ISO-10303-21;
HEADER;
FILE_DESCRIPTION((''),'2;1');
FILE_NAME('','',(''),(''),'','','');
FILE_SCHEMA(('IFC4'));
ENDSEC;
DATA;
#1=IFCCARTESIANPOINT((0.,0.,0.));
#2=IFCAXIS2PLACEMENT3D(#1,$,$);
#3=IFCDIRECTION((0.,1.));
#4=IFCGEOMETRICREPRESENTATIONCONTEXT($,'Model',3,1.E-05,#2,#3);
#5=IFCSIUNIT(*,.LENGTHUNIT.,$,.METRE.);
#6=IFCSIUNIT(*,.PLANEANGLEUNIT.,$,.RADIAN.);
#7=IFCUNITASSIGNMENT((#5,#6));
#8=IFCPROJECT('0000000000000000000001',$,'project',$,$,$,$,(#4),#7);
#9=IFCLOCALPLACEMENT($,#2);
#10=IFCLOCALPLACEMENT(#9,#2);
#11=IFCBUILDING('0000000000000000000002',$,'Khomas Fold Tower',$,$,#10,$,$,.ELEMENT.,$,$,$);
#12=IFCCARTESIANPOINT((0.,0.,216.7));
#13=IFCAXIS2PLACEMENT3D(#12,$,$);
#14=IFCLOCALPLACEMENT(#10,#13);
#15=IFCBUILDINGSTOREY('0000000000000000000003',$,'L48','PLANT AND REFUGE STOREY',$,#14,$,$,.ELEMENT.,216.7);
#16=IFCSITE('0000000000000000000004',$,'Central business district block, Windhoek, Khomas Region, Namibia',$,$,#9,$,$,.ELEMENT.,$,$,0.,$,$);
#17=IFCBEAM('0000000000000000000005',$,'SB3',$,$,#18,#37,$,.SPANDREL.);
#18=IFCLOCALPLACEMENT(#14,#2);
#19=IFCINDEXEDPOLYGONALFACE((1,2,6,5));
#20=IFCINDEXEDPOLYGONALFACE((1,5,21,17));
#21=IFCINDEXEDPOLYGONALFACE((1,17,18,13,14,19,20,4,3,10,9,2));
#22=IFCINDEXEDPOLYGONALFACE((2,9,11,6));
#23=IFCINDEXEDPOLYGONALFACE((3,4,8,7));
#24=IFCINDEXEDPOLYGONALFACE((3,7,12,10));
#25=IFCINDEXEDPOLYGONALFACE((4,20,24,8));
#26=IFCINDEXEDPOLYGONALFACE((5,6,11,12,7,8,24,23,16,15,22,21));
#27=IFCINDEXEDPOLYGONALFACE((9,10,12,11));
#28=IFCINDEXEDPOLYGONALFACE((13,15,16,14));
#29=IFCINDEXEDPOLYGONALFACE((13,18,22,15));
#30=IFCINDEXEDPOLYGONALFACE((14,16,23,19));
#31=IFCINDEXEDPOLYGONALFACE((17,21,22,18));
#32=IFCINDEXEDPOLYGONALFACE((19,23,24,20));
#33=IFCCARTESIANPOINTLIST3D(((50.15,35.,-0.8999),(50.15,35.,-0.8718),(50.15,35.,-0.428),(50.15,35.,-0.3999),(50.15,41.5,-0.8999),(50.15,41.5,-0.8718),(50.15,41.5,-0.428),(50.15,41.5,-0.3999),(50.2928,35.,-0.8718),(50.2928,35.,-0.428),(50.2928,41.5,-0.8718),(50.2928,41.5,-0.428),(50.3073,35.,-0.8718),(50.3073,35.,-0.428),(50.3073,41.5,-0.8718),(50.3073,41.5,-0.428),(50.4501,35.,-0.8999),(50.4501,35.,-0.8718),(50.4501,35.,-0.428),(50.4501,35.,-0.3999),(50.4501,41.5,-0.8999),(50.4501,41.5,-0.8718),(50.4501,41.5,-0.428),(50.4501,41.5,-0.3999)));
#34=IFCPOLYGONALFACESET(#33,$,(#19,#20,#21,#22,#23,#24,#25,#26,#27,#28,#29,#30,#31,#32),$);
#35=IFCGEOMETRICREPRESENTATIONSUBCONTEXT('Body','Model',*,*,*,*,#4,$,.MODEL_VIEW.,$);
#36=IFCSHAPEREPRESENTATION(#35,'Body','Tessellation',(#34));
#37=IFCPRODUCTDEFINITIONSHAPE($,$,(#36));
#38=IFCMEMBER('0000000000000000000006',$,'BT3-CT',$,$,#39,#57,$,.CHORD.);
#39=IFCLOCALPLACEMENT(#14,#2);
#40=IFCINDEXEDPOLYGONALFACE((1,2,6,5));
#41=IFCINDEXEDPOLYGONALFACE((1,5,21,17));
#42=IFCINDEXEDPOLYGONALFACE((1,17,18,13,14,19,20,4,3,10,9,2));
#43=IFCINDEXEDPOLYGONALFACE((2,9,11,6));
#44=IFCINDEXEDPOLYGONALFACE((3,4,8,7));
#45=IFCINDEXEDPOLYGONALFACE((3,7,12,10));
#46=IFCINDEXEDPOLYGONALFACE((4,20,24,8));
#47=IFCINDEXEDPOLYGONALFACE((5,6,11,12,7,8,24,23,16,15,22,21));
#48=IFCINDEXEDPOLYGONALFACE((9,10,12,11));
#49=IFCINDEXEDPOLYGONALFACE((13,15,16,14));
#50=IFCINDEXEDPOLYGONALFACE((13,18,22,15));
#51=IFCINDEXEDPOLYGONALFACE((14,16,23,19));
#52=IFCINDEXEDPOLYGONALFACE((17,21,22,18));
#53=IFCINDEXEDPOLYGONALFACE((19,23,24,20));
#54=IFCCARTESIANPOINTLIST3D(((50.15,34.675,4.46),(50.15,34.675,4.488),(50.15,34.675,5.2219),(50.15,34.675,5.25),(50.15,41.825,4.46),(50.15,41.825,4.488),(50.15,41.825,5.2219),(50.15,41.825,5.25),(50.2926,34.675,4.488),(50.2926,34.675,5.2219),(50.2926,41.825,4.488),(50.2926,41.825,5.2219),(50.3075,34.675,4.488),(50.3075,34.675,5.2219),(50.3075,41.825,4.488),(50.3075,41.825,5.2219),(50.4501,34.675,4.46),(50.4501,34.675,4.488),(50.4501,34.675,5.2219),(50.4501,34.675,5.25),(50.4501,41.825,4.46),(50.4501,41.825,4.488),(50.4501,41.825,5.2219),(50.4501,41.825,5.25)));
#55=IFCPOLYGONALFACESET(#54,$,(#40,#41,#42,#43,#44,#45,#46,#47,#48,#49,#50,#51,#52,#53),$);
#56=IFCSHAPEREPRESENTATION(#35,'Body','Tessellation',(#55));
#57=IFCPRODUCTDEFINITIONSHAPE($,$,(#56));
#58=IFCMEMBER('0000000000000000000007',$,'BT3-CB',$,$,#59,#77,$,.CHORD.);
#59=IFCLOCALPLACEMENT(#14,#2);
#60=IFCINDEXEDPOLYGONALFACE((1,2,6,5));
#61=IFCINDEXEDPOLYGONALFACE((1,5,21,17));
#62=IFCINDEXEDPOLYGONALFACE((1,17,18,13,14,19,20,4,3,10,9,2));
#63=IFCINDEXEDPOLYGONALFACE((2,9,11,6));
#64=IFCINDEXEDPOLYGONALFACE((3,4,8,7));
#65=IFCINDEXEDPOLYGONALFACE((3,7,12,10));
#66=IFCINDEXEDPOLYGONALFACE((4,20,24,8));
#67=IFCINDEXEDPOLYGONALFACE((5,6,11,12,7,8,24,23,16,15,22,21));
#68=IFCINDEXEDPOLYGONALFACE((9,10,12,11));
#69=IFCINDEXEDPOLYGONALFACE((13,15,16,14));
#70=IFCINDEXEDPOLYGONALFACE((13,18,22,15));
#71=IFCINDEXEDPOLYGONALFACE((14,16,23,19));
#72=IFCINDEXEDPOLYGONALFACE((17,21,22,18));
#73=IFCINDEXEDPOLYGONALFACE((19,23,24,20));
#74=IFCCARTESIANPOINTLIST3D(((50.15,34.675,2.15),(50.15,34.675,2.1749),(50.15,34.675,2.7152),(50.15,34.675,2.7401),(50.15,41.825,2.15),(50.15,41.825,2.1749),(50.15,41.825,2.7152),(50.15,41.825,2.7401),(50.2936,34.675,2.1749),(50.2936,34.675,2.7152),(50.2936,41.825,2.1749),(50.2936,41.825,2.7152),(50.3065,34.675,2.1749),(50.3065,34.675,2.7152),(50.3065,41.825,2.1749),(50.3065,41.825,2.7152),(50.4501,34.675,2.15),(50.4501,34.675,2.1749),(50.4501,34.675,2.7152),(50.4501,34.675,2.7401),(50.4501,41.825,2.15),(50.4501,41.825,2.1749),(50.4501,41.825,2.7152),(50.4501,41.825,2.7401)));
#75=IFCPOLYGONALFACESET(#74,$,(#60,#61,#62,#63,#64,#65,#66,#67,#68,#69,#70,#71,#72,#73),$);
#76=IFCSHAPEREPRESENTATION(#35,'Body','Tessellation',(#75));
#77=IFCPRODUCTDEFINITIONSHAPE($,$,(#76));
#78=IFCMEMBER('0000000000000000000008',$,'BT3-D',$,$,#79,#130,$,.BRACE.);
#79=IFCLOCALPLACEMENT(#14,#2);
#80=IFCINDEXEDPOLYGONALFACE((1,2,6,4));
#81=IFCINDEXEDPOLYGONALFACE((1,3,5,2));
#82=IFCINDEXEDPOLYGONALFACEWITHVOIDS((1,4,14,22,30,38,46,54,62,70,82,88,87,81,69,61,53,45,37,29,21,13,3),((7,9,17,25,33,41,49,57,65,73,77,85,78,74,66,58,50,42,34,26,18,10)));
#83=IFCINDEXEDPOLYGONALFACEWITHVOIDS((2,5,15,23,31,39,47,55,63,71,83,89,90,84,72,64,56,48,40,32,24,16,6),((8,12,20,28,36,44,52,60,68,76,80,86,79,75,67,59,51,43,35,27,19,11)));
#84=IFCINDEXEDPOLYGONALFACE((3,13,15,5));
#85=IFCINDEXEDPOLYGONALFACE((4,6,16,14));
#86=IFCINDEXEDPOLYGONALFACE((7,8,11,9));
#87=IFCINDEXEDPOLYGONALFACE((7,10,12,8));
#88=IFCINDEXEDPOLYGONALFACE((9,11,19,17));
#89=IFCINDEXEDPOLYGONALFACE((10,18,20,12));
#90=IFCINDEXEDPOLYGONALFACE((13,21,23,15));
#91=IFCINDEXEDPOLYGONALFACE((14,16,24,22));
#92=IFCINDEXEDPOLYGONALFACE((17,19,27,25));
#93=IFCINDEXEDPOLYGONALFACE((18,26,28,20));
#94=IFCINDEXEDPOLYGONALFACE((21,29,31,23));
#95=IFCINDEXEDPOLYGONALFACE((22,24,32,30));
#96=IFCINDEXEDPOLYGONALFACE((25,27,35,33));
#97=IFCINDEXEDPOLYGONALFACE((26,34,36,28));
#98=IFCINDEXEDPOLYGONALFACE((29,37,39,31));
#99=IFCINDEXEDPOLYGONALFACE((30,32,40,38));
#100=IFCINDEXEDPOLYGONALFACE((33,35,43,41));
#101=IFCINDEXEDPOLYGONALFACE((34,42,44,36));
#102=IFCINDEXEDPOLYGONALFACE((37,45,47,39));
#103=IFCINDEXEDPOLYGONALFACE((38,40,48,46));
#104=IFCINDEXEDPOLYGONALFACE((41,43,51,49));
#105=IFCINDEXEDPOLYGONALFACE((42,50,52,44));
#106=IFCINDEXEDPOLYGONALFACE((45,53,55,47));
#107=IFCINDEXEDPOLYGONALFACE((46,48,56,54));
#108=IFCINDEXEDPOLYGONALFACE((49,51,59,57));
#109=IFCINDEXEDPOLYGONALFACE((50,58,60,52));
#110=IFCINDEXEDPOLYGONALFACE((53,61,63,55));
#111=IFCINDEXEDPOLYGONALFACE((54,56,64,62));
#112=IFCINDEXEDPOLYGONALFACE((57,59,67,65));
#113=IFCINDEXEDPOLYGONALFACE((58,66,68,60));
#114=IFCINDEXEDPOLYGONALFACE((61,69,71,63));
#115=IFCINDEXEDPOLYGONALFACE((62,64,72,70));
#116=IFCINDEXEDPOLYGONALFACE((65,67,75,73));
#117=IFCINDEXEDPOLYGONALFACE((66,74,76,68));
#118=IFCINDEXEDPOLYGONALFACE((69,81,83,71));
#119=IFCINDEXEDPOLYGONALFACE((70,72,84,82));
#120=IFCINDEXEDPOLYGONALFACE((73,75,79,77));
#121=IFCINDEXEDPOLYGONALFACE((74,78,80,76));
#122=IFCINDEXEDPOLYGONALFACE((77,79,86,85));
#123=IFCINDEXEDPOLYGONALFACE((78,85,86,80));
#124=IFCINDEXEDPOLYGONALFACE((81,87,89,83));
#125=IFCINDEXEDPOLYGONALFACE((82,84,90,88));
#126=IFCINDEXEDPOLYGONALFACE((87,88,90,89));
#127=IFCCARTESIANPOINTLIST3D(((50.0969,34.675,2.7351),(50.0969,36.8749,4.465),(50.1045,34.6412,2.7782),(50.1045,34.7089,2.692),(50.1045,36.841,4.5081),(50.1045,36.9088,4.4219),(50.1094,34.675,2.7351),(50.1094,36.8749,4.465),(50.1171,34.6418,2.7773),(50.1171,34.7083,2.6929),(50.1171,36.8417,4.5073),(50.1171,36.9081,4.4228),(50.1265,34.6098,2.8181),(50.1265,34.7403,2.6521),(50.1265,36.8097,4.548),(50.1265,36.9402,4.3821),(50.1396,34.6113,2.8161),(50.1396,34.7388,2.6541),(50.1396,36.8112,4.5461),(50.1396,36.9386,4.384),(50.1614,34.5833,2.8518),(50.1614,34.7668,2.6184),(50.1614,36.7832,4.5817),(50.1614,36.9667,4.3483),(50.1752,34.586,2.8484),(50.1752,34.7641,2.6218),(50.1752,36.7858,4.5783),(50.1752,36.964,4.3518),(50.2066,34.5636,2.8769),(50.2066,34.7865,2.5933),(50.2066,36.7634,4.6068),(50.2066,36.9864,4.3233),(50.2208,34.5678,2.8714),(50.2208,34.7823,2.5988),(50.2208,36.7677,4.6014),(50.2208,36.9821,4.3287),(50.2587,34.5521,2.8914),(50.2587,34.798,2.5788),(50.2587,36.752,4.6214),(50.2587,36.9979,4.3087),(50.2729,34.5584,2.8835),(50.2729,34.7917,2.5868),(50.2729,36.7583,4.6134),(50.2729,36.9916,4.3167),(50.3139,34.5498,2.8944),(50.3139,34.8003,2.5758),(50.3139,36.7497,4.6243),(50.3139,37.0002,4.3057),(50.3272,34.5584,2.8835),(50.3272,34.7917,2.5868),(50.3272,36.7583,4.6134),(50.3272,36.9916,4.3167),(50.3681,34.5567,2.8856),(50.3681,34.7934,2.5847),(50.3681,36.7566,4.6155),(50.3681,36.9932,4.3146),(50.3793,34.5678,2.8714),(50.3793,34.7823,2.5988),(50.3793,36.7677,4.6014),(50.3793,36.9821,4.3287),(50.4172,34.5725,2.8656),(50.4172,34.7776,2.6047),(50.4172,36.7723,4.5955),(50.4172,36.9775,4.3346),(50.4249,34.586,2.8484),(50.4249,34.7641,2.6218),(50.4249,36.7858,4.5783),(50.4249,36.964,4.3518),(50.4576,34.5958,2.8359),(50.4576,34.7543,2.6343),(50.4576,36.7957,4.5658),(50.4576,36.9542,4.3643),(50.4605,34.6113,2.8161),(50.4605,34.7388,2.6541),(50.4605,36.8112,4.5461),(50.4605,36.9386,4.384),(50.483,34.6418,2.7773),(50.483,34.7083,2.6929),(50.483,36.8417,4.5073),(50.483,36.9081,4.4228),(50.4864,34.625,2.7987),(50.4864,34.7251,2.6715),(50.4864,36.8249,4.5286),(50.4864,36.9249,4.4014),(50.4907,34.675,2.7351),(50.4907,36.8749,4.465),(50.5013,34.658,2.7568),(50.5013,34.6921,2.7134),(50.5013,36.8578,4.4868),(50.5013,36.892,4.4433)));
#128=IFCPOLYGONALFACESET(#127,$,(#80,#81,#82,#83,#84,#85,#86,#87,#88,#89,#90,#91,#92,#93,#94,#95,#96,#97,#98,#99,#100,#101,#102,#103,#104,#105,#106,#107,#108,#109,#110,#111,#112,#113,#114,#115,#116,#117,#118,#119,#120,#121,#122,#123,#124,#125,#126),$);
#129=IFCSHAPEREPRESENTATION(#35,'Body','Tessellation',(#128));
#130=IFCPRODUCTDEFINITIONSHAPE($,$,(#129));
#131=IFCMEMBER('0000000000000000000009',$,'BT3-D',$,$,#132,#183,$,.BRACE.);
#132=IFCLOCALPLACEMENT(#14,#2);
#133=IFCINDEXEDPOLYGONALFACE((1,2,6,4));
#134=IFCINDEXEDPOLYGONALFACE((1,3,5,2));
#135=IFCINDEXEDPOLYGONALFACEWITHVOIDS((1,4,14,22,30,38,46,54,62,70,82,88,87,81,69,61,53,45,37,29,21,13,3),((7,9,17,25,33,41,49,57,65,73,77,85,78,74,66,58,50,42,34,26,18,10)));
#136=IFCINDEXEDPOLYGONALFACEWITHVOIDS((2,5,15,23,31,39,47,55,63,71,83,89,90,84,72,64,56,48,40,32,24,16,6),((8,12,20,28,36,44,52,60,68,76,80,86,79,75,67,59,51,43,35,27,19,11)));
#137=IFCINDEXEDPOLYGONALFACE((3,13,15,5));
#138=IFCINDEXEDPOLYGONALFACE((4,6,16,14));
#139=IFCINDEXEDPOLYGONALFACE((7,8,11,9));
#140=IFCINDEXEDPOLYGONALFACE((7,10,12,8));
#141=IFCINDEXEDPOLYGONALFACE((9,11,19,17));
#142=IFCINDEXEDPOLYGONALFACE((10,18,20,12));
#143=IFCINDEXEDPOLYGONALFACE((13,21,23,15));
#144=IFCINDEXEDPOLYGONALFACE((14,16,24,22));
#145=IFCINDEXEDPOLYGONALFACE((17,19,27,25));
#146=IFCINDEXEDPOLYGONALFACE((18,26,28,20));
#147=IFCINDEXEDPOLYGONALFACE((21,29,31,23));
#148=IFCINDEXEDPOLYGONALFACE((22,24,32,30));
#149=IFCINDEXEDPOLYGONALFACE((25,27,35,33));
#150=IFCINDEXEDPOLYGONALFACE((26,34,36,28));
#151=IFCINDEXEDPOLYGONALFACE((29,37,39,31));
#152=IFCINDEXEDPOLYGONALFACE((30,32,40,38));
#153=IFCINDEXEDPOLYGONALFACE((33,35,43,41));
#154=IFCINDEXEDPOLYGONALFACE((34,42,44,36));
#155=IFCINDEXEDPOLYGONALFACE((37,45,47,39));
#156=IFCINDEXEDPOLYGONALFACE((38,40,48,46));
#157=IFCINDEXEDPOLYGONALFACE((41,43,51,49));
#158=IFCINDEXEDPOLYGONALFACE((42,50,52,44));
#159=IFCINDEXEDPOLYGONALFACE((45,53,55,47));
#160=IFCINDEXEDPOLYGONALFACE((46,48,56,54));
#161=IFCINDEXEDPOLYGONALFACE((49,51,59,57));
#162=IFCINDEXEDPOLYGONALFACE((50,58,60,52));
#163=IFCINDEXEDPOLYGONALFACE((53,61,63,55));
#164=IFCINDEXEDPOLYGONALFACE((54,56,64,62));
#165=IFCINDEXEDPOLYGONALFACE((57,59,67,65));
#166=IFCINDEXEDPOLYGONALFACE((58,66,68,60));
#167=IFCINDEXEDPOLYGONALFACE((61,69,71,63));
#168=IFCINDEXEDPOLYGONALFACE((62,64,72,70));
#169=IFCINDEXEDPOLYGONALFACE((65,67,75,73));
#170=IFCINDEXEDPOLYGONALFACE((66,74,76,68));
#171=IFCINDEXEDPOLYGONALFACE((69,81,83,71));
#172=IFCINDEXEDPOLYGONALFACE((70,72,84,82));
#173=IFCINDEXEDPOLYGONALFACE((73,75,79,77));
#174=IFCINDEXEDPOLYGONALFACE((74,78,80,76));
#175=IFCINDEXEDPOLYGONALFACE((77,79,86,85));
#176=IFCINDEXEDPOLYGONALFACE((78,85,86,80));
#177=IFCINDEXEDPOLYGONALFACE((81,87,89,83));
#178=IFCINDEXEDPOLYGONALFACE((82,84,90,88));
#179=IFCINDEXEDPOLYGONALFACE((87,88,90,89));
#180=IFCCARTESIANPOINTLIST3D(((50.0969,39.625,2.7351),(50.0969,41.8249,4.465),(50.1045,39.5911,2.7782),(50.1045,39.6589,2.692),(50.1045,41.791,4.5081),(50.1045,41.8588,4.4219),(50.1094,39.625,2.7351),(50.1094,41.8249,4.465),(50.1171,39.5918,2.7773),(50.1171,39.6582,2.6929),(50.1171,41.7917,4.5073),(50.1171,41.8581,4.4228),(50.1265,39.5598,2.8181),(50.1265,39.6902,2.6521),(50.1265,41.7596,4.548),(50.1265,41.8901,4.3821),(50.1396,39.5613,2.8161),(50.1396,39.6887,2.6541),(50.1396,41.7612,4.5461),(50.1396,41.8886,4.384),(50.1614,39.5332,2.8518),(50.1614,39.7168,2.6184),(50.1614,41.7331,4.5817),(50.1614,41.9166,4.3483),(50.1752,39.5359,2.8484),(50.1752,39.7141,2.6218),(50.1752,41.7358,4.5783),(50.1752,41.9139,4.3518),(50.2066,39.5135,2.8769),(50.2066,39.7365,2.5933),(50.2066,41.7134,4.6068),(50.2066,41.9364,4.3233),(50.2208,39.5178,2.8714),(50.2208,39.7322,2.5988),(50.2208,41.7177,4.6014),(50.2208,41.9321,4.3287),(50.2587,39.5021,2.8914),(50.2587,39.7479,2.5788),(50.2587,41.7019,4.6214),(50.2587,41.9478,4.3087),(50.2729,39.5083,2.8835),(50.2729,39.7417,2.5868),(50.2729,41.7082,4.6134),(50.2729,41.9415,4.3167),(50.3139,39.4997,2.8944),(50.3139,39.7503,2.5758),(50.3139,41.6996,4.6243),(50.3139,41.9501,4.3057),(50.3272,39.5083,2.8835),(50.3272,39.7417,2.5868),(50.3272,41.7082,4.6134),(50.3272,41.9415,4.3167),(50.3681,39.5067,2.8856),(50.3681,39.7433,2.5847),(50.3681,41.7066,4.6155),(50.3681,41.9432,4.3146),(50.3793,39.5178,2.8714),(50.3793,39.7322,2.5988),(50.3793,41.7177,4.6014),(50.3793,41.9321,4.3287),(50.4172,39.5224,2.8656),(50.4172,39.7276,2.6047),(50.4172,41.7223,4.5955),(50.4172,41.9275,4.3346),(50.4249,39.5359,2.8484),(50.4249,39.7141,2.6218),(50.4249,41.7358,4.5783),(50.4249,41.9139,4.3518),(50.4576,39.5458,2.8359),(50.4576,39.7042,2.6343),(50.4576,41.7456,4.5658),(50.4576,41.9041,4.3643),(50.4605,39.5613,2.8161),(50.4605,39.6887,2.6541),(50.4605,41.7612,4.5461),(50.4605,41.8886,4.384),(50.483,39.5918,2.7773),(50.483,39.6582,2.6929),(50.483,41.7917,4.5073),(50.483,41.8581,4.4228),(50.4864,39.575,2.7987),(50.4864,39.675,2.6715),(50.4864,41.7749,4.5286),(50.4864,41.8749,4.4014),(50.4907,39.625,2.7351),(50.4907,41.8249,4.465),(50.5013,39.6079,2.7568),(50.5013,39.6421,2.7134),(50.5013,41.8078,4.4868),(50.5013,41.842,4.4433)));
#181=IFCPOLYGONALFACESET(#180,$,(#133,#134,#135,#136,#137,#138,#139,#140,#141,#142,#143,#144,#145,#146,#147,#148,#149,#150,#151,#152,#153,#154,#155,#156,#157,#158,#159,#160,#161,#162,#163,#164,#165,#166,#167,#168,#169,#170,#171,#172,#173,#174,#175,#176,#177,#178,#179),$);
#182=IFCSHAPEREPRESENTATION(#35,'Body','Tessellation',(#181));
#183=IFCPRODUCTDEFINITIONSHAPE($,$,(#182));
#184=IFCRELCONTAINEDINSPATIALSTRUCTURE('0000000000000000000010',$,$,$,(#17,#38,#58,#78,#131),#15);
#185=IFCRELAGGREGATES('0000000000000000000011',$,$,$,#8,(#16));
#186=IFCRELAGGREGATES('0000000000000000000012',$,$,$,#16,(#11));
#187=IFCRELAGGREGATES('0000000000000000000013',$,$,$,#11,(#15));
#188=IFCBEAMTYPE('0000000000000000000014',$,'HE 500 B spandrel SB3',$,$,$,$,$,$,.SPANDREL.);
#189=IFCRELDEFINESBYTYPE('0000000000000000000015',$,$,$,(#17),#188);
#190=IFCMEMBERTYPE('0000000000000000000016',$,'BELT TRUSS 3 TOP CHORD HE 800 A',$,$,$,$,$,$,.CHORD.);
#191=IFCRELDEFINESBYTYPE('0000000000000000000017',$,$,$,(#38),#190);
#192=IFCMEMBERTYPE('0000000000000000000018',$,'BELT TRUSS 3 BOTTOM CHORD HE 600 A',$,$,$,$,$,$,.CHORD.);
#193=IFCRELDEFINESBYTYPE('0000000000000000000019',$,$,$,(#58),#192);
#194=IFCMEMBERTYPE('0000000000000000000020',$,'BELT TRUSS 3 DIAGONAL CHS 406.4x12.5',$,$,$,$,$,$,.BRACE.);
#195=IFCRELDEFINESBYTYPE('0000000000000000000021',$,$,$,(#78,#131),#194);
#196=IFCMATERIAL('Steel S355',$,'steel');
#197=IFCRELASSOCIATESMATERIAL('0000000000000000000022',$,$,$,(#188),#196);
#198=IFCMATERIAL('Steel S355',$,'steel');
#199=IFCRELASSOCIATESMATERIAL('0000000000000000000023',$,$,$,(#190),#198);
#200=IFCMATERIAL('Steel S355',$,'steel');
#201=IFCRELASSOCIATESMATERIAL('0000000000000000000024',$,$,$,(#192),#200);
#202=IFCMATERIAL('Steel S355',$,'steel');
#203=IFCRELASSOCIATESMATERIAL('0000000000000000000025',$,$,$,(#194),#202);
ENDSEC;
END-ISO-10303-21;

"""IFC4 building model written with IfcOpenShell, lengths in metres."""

from ifc_helpers import new_model, si_unit, direction, frame, origin, origin_2d, place, context, subcontext, project, spatial, hollow_circle, i_section, extrude, source, transform, mapped, material, material_profile, profile_set, type_object, element, save


model = new_model("IFC4")

# Units and contexts
model_context = context("Model", 3, precision=1e-05, world=origin(), true_north=direction((0.0, 1.0)))
body_context = subcontext(model_context, "Body", "Model", "MODEL_VIEW")
ifc_project = project(units=[si_unit("LENGTHUNIT", "METRE"), si_unit("PLANEANGLEUNIT", "RADIAN")], contexts=[model_context])

# Site, building, storey
site_placement = place(None, origin())
site = spatial("IfcSite", under=ifc_project, at=site_placement, Name="Central business district block, Windhoek, Khomas Region, Namibia", CompositionType="ELEMENT", RefElevation=0.0)
building_placement = place(site_placement, origin())
building = spatial("IfcBuilding", under=site, at=building_placement, Name="Khomas Fold Tower", CompositionType="ELEMENT")
storey_placement = place(building_placement, frame((0.0, 0.0, 216.7)))
storey = spatial("IfcBuildingStorey", under=building, at=storey_placement, Name="L48", Description="PLANT AND REFUGE STOREY", CompositionType="ELEMENT", Elevation=216.7)

# Beam
ifc_material_1 = material(Name="Steel S355", Category="steel")
ifc_material_profile_1 = material_profile(ifc_material_1, i_section(OverallWidth=0.3, OverallDepth=0.5, WebThickness=0.0144, FlangeThickness=0.0281, at=origin_2d()), Name="HE 500 B")
ifc_profile_set_1 = profile_set([ifc_material_profile_1], Name="Steel S355")
beam_type_1 = type_object("IfcBeamType", Name="HE 500 B spandrel SB3", PredefinedType="SPANDREL", material=ifc_profile_set_1)
shared_shape_1 = source(origin(), body_context, "Body", "SweptSolid", [
    extrude(i_section(OverallWidth=0.3, OverallDepth=0.5, WebThickness=0.0144, FlangeThickness=0.0281, at=origin_2d()), origin(), (0.0, 0.0, 1.0), 6.5),
])
beam_1_placement = place(storey_placement, frame((50.3, 35.0, -0.6499), z_axis=(0.0, 1.0, 0.0), x_axis=(-1.0, 0.0, 0.0)))
element("IfcBeam", 1, at=beam_1_placement, inside=storey, type_object=beam_type_1, Name="SB3", PredefinedType="SPANDREL", context=body_context, shape_type="MappedRepresentation", body=[
    mapped(shared_shape_1, transform((0.0, 0.0, 0.0))),
])

# Members
ifc_material_2 = material(Name="Steel S355", Category="steel")
ifc_material_profile_2 = material_profile(ifc_material_2, i_section(OverallWidth=0.3, OverallDepth=0.79, WebThickness=0.0149, FlangeThickness=0.0281, at=origin_2d()), Name="HE 800 A")
ifc_profile_set_2 = profile_set([ifc_material_profile_2], Name="Steel S355")
member_type_1 = type_object("IfcMemberType", Name="BELT TRUSS 3 TOP CHORD HE 800 A", PredefinedType="CHORD", material=ifc_profile_set_2)
shared_shape_2 = source(origin(), body_context, "Body", "SweptSolid", [
    extrude(i_section(OverallWidth=0.3, OverallDepth=0.79, WebThickness=0.0149, FlangeThickness=0.0281, at=origin_2d()), origin(), (0.0, 0.0, 1.0), 7.1499),
])
member_1_placement = place(storey_placement, frame((50.3, 34.675, 4.855), z_axis=(0.0, 1.0, 0.0), x_axis=(-1.0, 0.0, 0.0)))
element("IfcMember", 2, at=member_1_placement, inside=storey, type_object=member_type_1, Name="BT3-CT", PredefinedType="CHORD", context=body_context, shape_type="MappedRepresentation", body=[
    mapped(shared_shape_2, transform((0.0, 0.0, 0.0))),
])
ifc_material_3 = material(Name="Steel S355", Category="steel")
ifc_material_profile_3 = material_profile(ifc_material_3, i_section(OverallWidth=0.3, OverallDepth=0.5901, WebThickness=0.0129, FlangeThickness=0.0249, at=origin_2d()), Name="HE 600 A")
ifc_profile_set_3 = profile_set([ifc_material_profile_3], Name="Steel S355")
member_type_2 = type_object("IfcMemberType", Name="BELT TRUSS 3 BOTTOM CHORD HE 600 A", PredefinedType="CHORD", material=ifc_profile_set_3)
shared_shape_3 = source(origin(), body_context, "Body", "SweptSolid", [
    extrude(i_section(OverallWidth=0.3, OverallDepth=0.5901, WebThickness=0.0129, FlangeThickness=0.0249, at=origin_2d()), origin(), (0.0, 0.0, 1.0), 7.1499),
])
member_2_placement = place(storey_placement, frame((50.3, 34.675, 2.4451), z_axis=(0.0, 1.0, 0.0), x_axis=(-1.0, 0.0, 0.0)))
element("IfcMember", 3, at=member_2_placement, inside=storey, type_object=member_type_2, Name="BT3-CB", PredefinedType="CHORD", context=body_context, shape_type="MappedRepresentation", body=[
    mapped(shared_shape_3, transform((0.0, 0.0, 0.0))),
])
ifc_material_4 = material(Name="Steel S355", Category="steel")
ifc_material_profile_4 = material_profile(ifc_material_4, hollow_circle(Radius=0.2031, WallThickness=0.0125, at=origin_2d()), Name="CHS 406.4x12.5")
ifc_profile_set_4 = profile_set([ifc_material_profile_4], Name="Steel S355")
member_type_3 = type_object("IfcMemberType", Name="BELT TRUSS 3 DIAGONAL CHS 406.4x12.5", PredefinedType="BRACE", material=ifc_profile_set_4)
shared_shape_4 = source(origin(), body_context, "Body", "SweptSolid", [
    extrude(hollow_circle(Radius=0.2031, WallThickness=0.0125, at=origin_2d()), origin(), (0.0, 0.0, 1.0), 2.7986),
])
for number, where, z_axis, x_axis, name in (
    (4, (50.3, 34.675, 2.7351), (0.0, 0.786067, 0.618141), (-1.0, 0.0, 0.0), "BT3-D"),
    (5, (50.3, 39.625, 2.7351), (0.0, 0.786067, 0.618141), (-1.0, 0.0, 0.0), "BT3-D"),
):
    element("IfcMember", number, at=place(storey_placement, frame(where, z_axis=z_axis, x_axis=x_axis)), inside=storey, type_object=member_type_3, Name=name, PredefinedType="BRACE", context=body_context, shape_type="MappedRepresentation", body=[
        mapped(shared_shape_4, transform((0.0, 0.0, 0.0))),
    ])

save(model, "model.ifc")
